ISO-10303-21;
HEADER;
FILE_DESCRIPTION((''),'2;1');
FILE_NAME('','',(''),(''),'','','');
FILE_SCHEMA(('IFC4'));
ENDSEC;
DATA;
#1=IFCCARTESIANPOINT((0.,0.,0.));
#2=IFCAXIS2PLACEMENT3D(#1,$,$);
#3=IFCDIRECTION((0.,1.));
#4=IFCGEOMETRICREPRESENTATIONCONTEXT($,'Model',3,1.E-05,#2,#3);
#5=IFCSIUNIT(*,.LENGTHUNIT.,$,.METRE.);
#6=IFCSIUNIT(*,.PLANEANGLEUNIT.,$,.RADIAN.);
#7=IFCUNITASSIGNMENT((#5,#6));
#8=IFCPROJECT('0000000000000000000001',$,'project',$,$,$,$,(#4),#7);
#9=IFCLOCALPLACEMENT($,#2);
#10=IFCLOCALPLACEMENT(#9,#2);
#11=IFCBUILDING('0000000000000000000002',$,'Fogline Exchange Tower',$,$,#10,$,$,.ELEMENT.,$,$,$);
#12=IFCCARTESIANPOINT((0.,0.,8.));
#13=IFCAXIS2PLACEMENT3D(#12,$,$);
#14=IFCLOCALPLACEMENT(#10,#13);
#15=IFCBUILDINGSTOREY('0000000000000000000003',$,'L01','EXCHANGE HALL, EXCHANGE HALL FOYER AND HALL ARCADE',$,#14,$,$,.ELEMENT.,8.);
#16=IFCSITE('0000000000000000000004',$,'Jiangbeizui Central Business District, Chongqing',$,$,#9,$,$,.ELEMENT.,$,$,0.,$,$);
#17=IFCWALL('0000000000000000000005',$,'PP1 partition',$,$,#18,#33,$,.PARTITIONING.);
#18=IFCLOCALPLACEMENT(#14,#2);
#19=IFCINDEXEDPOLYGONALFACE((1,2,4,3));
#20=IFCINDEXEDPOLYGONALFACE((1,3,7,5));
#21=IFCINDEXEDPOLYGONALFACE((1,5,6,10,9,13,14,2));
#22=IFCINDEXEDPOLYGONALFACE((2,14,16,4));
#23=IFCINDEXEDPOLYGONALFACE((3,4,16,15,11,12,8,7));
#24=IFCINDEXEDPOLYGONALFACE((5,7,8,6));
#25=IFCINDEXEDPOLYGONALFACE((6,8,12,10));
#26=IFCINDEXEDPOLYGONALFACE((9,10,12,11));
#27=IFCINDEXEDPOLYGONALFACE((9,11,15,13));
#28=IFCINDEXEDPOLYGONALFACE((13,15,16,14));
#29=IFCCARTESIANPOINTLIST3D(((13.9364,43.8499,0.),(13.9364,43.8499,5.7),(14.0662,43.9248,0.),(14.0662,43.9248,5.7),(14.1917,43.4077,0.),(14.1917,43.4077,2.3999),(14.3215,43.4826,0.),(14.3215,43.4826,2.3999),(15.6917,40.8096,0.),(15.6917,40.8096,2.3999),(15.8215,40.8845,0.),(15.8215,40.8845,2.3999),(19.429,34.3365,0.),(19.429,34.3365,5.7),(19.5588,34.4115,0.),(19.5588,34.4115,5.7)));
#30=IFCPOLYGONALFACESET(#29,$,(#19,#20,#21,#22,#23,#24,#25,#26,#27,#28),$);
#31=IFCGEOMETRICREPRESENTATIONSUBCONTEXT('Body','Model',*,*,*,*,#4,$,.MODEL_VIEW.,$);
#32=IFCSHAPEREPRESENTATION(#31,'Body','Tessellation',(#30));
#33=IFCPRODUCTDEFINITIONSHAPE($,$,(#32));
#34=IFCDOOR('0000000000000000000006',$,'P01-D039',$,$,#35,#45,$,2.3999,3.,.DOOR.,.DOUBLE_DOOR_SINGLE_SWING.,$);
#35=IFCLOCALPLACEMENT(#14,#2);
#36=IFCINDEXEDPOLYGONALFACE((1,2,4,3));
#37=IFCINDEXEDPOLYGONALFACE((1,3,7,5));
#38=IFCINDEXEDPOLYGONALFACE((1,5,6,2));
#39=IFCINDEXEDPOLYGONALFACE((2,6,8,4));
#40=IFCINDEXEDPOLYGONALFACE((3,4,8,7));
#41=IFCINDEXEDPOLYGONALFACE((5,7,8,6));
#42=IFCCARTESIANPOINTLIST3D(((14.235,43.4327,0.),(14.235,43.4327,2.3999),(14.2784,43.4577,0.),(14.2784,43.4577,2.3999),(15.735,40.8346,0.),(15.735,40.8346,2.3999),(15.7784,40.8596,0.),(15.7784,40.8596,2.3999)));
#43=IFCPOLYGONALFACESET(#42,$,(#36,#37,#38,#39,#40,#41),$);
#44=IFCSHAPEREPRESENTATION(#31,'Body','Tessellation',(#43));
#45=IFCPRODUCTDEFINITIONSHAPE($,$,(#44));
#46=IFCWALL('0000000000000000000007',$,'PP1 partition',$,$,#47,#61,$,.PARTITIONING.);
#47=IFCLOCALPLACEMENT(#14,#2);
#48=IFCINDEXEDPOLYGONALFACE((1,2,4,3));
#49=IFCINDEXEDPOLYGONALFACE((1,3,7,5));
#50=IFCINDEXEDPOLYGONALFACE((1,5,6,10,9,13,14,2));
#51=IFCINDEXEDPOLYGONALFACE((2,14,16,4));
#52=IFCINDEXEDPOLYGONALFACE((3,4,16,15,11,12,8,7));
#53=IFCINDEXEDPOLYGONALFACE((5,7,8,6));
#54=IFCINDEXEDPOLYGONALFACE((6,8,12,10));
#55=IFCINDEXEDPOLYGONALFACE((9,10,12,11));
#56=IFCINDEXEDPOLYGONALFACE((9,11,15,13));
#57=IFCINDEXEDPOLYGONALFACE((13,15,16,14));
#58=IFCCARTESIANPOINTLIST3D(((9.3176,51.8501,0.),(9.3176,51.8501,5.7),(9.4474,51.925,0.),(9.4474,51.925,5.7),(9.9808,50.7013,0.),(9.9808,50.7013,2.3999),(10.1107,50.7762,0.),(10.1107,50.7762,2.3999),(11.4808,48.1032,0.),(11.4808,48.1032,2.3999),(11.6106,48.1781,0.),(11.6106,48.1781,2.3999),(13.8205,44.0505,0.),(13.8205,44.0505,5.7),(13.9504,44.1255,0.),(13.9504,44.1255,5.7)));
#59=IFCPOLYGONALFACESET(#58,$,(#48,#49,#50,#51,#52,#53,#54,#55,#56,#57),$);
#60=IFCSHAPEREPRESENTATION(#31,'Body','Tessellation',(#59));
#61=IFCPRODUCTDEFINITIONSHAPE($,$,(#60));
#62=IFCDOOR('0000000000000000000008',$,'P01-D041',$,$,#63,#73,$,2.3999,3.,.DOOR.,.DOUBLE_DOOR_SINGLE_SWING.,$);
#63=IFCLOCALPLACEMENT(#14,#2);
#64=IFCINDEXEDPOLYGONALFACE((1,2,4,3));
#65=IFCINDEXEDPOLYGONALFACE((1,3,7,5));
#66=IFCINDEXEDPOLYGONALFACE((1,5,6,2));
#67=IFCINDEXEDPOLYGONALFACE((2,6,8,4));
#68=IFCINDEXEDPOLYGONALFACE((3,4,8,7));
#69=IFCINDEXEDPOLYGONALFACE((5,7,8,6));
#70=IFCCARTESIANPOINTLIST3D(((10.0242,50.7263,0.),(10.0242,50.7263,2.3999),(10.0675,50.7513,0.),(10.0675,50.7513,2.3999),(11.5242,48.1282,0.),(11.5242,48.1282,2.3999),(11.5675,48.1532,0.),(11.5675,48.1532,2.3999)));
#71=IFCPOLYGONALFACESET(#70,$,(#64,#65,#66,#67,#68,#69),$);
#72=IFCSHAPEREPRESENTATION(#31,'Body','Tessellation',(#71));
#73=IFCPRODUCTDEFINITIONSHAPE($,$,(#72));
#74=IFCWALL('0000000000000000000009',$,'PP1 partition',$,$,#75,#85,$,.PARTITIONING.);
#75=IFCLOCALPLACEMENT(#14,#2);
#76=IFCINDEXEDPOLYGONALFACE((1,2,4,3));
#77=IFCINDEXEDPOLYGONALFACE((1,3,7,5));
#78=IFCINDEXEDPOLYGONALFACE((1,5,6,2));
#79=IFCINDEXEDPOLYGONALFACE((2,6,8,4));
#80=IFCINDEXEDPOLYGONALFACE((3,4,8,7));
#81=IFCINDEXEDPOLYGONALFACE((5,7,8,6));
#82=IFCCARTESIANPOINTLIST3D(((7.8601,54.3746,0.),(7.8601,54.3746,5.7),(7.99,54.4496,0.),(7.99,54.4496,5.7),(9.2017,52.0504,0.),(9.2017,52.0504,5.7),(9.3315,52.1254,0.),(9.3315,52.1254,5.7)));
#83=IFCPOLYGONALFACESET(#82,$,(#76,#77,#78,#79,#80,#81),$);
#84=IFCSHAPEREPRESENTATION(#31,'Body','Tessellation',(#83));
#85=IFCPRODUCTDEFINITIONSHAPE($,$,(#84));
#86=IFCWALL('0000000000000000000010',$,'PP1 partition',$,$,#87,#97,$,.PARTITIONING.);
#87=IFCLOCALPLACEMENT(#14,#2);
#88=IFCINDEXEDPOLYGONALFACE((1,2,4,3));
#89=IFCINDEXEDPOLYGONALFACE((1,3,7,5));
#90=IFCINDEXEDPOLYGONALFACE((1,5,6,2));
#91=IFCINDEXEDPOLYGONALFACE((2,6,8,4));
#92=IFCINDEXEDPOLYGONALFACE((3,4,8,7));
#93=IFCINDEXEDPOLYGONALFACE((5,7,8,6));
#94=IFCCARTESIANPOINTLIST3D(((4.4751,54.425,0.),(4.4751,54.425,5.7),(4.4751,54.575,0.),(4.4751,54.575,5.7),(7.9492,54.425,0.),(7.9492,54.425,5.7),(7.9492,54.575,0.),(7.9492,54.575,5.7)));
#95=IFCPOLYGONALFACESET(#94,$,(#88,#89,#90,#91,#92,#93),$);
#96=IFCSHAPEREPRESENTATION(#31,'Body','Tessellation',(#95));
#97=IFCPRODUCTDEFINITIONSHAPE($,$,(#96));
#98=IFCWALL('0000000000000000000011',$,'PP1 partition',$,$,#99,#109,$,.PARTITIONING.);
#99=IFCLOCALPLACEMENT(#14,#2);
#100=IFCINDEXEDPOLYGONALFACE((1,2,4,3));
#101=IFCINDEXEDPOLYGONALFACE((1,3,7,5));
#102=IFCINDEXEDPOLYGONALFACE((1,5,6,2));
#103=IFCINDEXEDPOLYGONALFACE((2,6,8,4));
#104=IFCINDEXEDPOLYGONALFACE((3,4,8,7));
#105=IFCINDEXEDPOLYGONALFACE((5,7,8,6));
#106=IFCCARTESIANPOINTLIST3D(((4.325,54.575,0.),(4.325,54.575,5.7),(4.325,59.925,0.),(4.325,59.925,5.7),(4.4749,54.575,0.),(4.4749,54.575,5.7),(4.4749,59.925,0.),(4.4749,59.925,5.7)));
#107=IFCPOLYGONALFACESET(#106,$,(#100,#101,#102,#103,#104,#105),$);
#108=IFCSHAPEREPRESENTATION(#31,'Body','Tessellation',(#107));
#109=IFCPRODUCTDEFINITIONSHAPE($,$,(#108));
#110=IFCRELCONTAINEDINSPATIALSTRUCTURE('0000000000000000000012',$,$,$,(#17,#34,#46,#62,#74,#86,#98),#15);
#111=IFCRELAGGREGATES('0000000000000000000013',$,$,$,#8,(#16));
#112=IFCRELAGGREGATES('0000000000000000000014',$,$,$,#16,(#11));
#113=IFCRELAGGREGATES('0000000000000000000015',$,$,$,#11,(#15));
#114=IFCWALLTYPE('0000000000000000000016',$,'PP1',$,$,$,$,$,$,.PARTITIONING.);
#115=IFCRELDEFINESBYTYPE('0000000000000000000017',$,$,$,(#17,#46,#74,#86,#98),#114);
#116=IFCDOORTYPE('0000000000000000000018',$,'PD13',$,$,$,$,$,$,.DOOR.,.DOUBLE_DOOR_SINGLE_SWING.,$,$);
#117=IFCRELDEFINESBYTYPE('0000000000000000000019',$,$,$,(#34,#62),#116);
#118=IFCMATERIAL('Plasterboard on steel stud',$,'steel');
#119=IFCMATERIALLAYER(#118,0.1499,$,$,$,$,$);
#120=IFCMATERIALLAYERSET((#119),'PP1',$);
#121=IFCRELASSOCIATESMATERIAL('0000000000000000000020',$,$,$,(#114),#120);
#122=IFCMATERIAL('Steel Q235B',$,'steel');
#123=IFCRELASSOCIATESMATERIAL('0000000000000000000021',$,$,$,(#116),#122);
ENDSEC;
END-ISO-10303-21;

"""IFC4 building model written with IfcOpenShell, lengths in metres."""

from ifc_helpers import new_model, si_unit, direction, frame, frame_2d, origin, place, context, subcontext, project, spatial, rectangle, extrude, material, layer, layer_set, type_object, element, fill, save


model = new_model("IFC4")

# Units and contexts
model_context = context("Model", 3, precision=1e-05, world=origin(), true_north=direction((0.0, 1.0)))
body_context = subcontext(model_context, "Body", "Model", "MODEL_VIEW")
ifc_project = project(units=[si_unit("LENGTHUNIT", "METRE"), si_unit("PLANEANGLEUNIT", "RADIAN")], contexts=[model_context])

# Site, building, storey
site_placement = place(None, origin())
site = spatial("IfcSite", under=ifc_project, at=site_placement, Name="Jiangbeizui Central Business District, Chongqing", CompositionType="ELEMENT", RefElevation=0.0)
building_placement = place(site_placement, origin())
building = spatial("IfcBuilding", under=site, at=building_placement, Name="Fogline Exchange Tower", CompositionType="ELEMENT")
storey_placement = place(building_placement, frame((0.0, 0.0, 8.0)))
storey = spatial("IfcBuildingStorey", under=building, at=storey_placement, Name="L01", Description="EXCHANGE HALL, EXCHANGE HALL FOYER AND HALL ARCADE", CompositionType="ELEMENT", Elevation=8.0)

# Walls, openings, doors
ifc_material_1 = material(Name="Plasterboard on steel stud", Category="steel")
ifc_layer_1 = layer(ifc_material_1, 0.1499)
ifc_layer_set_1 = layer_set([ifc_layer_1], Name="PP1")
wall_type = type_object("IfcWallType", Name="PP1", PredefinedType="PARTITIONING", material=ifc_layer_set_1)
wall_1_placement = place(storey_placement, frame((14.0012, 43.8875, 0.0), z_axis=(0.0, 0.0, 1.0), x_axis=(0.500007, -0.866022, 0.0)))
wall_1 = element("IfcWall", 1, at=wall_1_placement, inside=storey, type_object=wall_type, Name="PP1 partition", PredefinedType="PARTITIONING", context=body_context, shape_type="SweptSolid", body=[
    extrude(rectangle(XDim=10.9851, YDim=0.1499, at=frame_2d((5.4927, 0.0))), origin(), (0.0, 0.0, 1.0), 5.7),
])
opening_1_placement = place(wall_1_placement, frame((0.5107, 0.0, 0.0)))
opening_1 = element("IfcOpeningElement", 2, at=opening_1_placement, cuts=wall_1, PredefinedType="OPENING", context=body_context, shape_type="SweptSolid", body=[
    extrude(rectangle(XDim=3.0, YDim=2.3999, at=frame_2d((1.5, 1.2))), frame((0.0, 0.085, 0.0), z_axis=(0.0, -1.0, 0.0), x_axis=(1.0, 0.0, 0.0)), (0.0, 0.0, 1.0), 0.1699),
])
ifc_material_2 = material(Name="Steel Q235B", Category="steel")
door_type = type_object("IfcDoorType", Name="PD13", OperationType="DOUBLE_DOOR_SINGLE_SWING", PredefinedType="DOOR", material=ifc_material_2)
door_1_placement = place(opening_1_placement, frame((3.0, 0.0, 0.0), z_axis=(0.0, 0.0, 1.0), x_axis=(-1.0, 0.0, 0.0)))
door_1 = element("IfcDoor", 3, at=door_1_placement, inside=storey, type_object=door_type, Name="P01-D039", OperationType="DOUBLE_DOOR_SINGLE_SWING", OverallHeight=2.3999, OverallWidth=3.0, PredefinedType="DOOR", context=body_context, shape_type="SweptSolid", body=[
    extrude(rectangle(XDim=3.0, YDim=2.3999, at=frame_2d((1.5, 1.2))), frame((0.0, 0.0249, 0.0), z_axis=(0.0, -1.0, 0.0), x_axis=(1.0, 0.0, 0.0)), (0.0, 0.0, 1.0), 0.05),
])
fill(opening_1, door_1)
wall_2_placement = place(storey_placement, frame((9.3826, 51.8875, 0.0), z_axis=(0.0, 0.0, 1.0), x_axis=(0.499988, -0.866033, 0.0)))
wall_2 = element("IfcWall", 4, at=wall_2_placement, inside=storey, type_object=wall_type, Name="PP1 partition", PredefinedType="PARTITIONING", context=body_context, shape_type="SweptSolid", body=[
    extrude(rectangle(XDim=9.0061, YDim=0.1499, at=frame_2d((4.5029, 0.0))), origin(), (0.0, 0.0, 1.0), 5.7),
])
opening_2_placement = place(wall_2_placement, frame((1.3264, 0.0, 0.0)))
opening_2 = element("IfcOpeningElement", 5, at=opening_2_placement, cuts=wall_2, PredefinedType="OPENING", context=body_context, shape_type="SweptSolid", body=[
    extrude(rectangle(XDim=3.0, YDim=2.3999, at=frame_2d((1.5, 1.2))), frame((0.0, 0.085, 0.0), z_axis=(0.0, -1.0, 0.0), x_axis=(1.0, 0.0, 0.0)), (0.0, 0.0, 1.0), 0.1699),
])
door_2_placement = place(opening_2_placement, frame((3.0, 0.0, 0.0), z_axis=(0.0, 0.0, 1.0), x_axis=(-1.0, 0.0, 0.0)))
door_2 = element("IfcDoor", 6, at=door_2_placement, inside=storey, type_object=door_type, Name="P01-D041", OperationType="DOUBLE_DOOR_SINGLE_SWING", OverallHeight=2.3999, OverallWidth=3.0, PredefinedType="DOOR", context=body_context, shape_type="SweptSolid", body=[
    extrude(rectangle(XDim=3.0, YDim=2.3999, at=frame_2d((1.5, 1.2))), frame((0.0, 0.0249, 0.0), z_axis=(0.0, -1.0, 0.0), x_axis=(1.0, 0.0, 0.0)), (0.0, 0.0, 1.0), 0.05),
])
fill(opening_2, door_2)

# Walls
wall_3_placement = place(storey_placement, frame((7.925, 54.4121, 0.0), z_axis=(0.0, 0.0, 1.0), x_axis=(0.499906, -0.86608, 0.0)))
element("IfcWall", 7, at=wall_3_placement, inside=storey, type_object=wall_type, Name="PP1 partition", PredefinedType="PARTITIONING", context=body_context, shape_type="SweptSolid", body=[
    extrude(rectangle(XDim=2.6836, YDim=0.1499, at=frame_2d((1.3418, 0.0))), origin(), (0.0, 0.0, 1.0), 5.7),
])
wall_4_placement = place(storey_placement, frame((4.4751, 54.5, 0.0), z_axis=(0.0, 0.0, 1.0), x_axis=(1.0, 0.0, 0.0)))
element("IfcWall", 8, at=wall_4_placement, inside=storey, type_object=wall_type, Name="PP1 partition", PredefinedType="PARTITIONING", context=body_context, shape_type="SweptSolid", body=[
    extrude(rectangle(XDim=3.4741, YDim=0.1499, at=frame_2d((1.7371, 0.0))), origin(), (0.0, 0.0, 1.0), 5.7),
])
wall_5_placement = place(storey_placement, frame((4.3999, 54.575, 0.0), z_axis=(0.0, 0.0, 1.0), x_axis=(0.0, 1.0, 0.0)))
element("IfcWall", 9, at=wall_5_placement, inside=storey, type_object=wall_type, Name="PP1 partition", PredefinedType="PARTITIONING", context=body_context, shape_type="SweptSolid", body=[
    extrude(rectangle(XDim=5.3501, YDim=0.1499, at=frame_2d((2.675, 0.0))), origin(), (0.0, 0.0, 1.0), 5.7),
])

save(model, "model.ifc")
